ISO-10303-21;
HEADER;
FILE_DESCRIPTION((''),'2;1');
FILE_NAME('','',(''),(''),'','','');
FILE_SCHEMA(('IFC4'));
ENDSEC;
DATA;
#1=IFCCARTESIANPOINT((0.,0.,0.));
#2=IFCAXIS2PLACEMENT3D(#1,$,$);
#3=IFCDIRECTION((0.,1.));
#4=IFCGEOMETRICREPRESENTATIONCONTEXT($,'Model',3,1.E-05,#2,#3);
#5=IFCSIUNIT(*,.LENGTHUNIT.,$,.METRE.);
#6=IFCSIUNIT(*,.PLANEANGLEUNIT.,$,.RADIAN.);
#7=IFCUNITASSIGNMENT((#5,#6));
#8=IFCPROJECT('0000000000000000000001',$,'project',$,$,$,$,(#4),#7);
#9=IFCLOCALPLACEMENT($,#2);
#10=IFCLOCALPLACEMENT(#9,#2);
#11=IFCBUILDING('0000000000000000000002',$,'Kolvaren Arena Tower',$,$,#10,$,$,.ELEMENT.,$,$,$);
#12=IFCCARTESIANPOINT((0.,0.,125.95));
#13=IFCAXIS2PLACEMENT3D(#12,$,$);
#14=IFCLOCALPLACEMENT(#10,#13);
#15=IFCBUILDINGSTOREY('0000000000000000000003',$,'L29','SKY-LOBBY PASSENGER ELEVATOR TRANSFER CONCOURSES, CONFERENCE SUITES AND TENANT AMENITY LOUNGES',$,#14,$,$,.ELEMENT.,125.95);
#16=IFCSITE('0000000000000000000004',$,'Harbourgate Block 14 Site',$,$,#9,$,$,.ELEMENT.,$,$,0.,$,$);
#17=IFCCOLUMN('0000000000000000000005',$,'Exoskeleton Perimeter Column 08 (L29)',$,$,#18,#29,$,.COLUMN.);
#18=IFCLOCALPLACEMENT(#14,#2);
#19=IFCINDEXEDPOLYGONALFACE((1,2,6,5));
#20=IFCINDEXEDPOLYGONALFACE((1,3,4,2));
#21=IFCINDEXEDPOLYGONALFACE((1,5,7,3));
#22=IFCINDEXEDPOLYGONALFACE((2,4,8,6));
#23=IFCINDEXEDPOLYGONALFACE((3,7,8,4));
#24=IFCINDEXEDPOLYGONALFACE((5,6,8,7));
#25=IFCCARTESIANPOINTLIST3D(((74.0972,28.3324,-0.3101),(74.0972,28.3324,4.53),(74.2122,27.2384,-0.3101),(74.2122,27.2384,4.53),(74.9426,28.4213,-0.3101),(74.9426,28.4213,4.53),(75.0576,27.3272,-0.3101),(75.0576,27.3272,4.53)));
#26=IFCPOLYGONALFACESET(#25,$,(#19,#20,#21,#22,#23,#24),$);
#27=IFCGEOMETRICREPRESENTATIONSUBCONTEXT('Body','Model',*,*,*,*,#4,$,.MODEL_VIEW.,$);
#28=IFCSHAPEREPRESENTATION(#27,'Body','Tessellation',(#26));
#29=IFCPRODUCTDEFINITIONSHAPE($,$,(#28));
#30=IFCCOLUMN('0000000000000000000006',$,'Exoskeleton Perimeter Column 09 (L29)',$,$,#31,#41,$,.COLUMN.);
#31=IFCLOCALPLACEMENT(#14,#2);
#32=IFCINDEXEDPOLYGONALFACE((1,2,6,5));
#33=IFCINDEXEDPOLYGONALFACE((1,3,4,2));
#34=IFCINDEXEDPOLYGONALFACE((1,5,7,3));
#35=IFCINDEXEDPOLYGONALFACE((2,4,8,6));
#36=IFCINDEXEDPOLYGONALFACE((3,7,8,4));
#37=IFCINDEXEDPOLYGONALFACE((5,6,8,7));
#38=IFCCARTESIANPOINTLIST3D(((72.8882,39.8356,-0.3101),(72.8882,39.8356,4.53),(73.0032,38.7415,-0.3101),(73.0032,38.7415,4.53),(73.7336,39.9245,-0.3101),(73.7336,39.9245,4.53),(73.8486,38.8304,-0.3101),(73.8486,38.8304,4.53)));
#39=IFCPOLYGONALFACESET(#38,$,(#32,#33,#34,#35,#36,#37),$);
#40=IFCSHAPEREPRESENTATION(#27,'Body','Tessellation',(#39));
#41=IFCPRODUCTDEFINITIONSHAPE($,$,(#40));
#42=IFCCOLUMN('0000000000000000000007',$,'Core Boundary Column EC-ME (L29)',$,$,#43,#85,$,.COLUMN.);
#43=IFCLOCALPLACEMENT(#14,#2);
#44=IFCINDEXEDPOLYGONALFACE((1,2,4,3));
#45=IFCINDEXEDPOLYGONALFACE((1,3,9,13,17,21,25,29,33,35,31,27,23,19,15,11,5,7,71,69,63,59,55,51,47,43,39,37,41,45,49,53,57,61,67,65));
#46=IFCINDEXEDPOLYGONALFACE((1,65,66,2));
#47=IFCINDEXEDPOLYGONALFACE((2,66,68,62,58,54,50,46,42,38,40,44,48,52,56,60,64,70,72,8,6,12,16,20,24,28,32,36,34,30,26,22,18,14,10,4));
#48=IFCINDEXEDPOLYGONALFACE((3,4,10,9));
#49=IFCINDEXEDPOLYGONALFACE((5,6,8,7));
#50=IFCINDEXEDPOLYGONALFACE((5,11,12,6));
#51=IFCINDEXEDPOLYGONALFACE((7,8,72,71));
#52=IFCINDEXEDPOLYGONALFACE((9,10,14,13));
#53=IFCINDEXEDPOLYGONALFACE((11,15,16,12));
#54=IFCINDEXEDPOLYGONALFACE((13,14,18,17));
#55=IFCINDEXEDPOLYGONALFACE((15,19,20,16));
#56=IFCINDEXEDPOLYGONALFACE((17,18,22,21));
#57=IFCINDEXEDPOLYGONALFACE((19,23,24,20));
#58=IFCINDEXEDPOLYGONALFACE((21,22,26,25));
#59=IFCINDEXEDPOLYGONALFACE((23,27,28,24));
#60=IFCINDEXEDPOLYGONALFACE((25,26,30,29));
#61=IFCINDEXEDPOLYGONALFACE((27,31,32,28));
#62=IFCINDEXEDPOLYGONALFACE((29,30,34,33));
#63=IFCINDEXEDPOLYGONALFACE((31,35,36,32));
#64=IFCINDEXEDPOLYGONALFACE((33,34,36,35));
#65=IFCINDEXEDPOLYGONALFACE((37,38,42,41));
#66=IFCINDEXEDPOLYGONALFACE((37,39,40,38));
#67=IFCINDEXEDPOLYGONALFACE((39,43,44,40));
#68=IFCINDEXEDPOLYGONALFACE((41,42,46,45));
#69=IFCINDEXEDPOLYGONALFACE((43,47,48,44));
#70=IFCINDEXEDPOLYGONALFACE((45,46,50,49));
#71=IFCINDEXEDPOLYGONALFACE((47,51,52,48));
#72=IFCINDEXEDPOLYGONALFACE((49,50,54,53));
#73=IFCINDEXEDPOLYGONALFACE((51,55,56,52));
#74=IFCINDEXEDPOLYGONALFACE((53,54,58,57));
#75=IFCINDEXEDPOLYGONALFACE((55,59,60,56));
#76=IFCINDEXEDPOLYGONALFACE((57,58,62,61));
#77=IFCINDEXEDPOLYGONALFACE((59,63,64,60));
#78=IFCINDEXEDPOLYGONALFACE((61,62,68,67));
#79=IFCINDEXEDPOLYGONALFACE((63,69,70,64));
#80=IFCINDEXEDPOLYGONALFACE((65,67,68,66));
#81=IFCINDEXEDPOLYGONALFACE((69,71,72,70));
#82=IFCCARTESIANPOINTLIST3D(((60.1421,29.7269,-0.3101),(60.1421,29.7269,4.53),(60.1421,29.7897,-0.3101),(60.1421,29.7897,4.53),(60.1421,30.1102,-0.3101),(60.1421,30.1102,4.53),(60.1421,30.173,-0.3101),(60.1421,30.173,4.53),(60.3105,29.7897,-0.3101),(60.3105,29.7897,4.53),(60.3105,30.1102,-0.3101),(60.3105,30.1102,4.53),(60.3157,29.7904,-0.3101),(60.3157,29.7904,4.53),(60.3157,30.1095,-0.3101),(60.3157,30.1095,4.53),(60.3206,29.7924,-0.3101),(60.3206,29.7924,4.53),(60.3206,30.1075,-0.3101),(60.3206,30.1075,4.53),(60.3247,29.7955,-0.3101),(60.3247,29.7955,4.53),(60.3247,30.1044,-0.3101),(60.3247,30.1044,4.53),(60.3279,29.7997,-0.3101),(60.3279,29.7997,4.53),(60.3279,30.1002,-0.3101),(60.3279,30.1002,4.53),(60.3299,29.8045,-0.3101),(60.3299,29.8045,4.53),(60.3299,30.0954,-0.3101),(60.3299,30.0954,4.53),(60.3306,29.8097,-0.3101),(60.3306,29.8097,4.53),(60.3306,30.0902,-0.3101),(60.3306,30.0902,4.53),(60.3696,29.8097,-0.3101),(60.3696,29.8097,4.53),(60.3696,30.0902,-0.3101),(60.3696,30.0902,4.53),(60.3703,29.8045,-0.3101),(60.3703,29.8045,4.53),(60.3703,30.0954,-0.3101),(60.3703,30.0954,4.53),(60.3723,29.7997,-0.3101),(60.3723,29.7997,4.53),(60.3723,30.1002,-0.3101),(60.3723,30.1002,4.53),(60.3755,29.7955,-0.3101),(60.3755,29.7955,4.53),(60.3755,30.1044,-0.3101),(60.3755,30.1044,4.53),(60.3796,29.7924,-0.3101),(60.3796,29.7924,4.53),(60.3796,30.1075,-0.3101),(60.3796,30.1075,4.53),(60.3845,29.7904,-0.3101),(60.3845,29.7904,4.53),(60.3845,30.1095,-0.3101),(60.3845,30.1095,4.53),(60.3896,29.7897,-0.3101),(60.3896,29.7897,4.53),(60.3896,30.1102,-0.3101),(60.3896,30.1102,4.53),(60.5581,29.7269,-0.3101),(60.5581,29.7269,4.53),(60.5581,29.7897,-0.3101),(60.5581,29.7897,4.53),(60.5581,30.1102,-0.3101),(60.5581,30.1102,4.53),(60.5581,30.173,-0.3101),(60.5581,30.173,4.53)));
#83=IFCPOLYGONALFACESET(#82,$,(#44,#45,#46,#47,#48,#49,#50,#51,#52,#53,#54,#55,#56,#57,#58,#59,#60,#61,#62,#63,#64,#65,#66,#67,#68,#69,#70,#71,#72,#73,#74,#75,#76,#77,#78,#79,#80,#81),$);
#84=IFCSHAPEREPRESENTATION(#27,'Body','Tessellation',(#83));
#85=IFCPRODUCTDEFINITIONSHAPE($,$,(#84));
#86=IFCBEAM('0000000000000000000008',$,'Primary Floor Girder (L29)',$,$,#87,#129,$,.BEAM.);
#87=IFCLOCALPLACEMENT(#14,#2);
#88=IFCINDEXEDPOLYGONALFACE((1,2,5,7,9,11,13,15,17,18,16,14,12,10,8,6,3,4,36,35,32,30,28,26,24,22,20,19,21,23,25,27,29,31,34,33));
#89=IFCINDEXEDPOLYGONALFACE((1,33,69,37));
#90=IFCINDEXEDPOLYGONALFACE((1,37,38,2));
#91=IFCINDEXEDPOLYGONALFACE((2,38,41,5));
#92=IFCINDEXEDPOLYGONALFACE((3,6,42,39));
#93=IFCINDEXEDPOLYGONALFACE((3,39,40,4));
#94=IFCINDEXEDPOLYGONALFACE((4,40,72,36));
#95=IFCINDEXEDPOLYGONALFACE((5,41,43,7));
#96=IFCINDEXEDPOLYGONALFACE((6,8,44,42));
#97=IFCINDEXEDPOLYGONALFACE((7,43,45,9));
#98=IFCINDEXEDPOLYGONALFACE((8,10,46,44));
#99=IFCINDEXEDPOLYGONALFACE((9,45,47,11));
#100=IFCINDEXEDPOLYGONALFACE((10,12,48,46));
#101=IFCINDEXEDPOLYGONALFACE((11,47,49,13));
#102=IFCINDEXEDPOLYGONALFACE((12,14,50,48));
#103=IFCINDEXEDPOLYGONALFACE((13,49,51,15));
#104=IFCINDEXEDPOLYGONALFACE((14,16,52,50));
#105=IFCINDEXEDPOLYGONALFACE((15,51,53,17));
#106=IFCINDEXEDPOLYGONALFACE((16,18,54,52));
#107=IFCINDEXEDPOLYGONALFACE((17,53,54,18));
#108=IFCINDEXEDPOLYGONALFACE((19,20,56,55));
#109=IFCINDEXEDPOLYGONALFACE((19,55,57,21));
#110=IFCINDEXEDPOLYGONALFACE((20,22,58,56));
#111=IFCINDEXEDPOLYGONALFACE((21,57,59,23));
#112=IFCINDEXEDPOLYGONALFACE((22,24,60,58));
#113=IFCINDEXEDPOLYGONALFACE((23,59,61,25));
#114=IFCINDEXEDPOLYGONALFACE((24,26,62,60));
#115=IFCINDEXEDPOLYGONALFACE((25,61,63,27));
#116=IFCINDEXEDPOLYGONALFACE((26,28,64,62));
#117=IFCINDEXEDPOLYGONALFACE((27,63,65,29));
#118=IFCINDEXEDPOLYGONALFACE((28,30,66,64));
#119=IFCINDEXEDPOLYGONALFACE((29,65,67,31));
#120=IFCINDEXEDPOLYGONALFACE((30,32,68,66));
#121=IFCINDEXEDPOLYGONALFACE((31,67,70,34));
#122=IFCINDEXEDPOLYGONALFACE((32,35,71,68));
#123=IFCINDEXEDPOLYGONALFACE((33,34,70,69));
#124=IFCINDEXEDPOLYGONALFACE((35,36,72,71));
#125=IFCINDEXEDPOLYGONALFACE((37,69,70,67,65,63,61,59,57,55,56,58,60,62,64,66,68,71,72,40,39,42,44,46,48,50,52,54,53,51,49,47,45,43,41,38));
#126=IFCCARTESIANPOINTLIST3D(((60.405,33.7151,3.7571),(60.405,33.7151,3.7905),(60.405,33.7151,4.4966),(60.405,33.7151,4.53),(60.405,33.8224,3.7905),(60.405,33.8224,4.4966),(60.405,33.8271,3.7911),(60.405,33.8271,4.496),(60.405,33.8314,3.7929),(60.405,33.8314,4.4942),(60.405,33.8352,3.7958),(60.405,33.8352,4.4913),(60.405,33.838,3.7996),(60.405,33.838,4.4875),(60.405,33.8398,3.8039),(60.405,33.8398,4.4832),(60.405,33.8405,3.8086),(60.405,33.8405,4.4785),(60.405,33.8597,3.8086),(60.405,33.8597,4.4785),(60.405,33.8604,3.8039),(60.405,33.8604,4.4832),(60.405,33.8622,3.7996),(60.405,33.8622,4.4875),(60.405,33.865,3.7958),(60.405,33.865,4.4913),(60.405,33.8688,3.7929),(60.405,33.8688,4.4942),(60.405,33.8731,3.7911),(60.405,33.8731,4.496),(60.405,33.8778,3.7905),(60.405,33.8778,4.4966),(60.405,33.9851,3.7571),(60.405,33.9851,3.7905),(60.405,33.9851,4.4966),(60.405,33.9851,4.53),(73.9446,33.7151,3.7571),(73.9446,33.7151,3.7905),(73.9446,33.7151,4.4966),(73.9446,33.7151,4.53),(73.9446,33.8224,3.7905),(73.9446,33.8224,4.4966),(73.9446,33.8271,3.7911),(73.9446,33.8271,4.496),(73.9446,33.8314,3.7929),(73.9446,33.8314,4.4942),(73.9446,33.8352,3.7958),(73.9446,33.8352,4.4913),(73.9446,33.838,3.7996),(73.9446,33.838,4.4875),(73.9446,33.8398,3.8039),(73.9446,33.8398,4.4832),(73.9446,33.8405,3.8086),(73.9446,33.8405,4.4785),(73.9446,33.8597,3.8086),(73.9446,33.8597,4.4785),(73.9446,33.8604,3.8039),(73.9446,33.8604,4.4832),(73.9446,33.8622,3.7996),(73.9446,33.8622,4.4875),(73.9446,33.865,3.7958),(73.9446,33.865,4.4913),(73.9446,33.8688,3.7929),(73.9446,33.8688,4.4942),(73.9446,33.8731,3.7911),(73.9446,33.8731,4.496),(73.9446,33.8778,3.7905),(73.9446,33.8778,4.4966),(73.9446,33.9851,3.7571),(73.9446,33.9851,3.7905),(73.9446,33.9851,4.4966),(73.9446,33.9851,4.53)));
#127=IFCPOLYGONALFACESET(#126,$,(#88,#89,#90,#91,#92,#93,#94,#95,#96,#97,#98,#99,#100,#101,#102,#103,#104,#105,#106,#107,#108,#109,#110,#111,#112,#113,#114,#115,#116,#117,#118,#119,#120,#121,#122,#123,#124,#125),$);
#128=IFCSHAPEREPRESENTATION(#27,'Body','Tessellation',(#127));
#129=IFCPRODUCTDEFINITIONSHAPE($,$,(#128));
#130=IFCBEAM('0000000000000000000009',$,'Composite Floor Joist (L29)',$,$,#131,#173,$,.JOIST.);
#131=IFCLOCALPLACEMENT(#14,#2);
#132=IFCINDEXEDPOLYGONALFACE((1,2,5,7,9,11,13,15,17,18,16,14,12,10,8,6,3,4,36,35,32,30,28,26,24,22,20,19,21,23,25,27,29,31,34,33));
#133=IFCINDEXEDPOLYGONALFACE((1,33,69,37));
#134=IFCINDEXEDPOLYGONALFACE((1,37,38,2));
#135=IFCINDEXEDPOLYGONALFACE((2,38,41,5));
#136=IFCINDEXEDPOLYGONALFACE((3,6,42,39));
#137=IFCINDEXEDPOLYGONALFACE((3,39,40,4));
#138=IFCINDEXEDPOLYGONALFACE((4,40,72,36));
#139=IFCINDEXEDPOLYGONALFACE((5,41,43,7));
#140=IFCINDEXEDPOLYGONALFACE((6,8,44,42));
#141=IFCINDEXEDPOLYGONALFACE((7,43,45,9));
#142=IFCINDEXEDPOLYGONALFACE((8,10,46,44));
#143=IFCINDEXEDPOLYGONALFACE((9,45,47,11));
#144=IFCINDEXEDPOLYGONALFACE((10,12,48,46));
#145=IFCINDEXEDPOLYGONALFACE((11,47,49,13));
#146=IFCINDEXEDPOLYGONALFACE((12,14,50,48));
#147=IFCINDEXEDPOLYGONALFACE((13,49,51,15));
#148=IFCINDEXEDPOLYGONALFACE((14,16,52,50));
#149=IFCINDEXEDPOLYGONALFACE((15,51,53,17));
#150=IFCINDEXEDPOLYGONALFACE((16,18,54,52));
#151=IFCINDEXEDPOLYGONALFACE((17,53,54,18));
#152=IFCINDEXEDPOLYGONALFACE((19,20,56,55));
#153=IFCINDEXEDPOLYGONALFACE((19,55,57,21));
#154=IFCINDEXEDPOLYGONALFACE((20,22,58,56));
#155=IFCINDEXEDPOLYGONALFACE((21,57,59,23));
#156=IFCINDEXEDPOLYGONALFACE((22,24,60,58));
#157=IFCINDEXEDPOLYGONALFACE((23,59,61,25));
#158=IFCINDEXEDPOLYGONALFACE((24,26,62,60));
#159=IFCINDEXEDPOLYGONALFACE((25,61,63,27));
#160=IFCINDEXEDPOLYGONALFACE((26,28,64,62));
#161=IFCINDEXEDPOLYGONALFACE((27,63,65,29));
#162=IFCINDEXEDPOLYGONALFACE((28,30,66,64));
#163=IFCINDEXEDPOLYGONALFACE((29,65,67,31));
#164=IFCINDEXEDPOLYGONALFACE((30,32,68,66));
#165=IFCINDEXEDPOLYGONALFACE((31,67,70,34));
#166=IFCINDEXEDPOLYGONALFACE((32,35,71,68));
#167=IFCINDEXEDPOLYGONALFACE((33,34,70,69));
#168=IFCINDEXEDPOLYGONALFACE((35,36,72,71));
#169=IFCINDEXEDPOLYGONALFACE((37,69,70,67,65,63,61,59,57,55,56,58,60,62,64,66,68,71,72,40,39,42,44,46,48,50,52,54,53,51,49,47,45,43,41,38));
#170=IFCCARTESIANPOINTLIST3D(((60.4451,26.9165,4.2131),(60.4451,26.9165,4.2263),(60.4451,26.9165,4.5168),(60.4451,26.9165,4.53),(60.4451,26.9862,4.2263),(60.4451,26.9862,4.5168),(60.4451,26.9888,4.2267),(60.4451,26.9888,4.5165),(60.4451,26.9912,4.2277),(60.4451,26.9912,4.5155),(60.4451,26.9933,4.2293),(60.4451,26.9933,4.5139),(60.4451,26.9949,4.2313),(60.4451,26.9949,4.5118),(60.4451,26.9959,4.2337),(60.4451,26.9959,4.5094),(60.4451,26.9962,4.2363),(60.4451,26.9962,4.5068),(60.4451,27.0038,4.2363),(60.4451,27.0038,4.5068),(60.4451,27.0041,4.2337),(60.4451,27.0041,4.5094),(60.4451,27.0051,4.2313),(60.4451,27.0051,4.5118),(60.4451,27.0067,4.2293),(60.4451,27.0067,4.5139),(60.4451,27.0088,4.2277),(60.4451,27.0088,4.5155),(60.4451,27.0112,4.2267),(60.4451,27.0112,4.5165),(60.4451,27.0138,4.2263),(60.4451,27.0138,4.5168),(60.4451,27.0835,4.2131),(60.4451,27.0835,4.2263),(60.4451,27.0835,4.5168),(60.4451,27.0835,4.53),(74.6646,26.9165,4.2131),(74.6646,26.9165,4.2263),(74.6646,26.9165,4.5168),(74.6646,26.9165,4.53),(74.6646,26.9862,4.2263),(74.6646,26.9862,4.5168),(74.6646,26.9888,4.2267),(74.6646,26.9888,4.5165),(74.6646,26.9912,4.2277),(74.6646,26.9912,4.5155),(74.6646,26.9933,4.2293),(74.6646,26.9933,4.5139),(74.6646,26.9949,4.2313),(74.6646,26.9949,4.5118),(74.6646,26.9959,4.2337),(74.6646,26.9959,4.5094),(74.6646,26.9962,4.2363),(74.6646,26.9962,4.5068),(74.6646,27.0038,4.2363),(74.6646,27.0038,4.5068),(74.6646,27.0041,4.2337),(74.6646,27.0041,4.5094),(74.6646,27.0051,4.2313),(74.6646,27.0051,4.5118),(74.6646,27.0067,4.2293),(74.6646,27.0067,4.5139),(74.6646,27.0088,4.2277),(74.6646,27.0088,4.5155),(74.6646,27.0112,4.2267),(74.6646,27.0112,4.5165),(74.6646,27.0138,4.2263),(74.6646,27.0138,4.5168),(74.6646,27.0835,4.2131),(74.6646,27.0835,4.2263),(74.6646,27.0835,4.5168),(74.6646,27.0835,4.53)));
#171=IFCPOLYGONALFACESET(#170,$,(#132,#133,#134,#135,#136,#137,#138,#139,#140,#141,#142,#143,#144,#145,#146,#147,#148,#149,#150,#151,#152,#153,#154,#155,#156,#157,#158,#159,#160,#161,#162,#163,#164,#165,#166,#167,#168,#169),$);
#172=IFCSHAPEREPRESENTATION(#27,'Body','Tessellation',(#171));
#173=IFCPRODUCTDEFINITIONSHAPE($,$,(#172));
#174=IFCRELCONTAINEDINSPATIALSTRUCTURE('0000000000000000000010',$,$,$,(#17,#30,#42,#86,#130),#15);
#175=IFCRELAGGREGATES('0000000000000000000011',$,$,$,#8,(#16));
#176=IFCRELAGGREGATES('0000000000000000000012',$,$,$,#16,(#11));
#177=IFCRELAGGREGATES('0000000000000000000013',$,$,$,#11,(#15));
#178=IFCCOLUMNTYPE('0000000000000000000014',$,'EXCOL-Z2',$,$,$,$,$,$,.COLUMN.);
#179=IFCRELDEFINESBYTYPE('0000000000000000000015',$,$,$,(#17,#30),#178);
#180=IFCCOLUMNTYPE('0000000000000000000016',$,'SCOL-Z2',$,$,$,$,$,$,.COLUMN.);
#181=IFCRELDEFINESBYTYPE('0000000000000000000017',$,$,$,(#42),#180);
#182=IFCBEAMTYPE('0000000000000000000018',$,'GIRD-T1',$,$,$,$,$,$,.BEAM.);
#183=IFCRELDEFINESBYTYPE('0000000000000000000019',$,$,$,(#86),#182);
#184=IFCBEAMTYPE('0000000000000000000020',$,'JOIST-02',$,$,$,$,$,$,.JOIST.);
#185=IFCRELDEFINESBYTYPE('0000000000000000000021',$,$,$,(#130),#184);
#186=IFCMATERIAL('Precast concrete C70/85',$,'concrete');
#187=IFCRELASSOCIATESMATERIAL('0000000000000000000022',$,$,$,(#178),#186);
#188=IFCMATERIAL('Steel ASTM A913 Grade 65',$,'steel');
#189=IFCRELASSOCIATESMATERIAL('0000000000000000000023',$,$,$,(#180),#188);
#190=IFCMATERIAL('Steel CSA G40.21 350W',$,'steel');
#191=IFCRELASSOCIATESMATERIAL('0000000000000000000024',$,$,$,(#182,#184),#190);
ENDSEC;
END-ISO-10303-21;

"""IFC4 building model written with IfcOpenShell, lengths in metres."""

from ifc_helpers import new_model, si_unit, direction, frame, origin, origin_2d, place, context, subcontext, project, spatial, rectangle, i_section, extrude, material, material_profile, profile_set, type_object, element, save


model = new_model("IFC4")

# Units and contexts
model_context = context("Model", 3, precision=1e-05, world=origin(), true_north=direction((0.0, 1.0)))
body_context = subcontext(model_context, "Body", "Model", "MODEL_VIEW")
ifc_project = project(units=[si_unit("LENGTHUNIT", "METRE"), si_unit("PLANEANGLEUNIT", "RADIAN")], contexts=[model_context])

# Site, building, storey
site_placement = place(None, origin())
site = spatial("IfcSite", under=ifc_project, at=site_placement, Name="Harbourgate Block 14 Site", CompositionType="ELEMENT", RefElevation=0.0)
building_placement = place(site_placement, origin())
building = spatial("IfcBuilding", under=site, at=building_placement, Name="Kolvaren Arena Tower", CompositionType="ELEMENT")
storey_placement = place(building_placement, frame((0.0, 0.0, 125.95)))
storey = spatial("IfcBuildingStorey", under=building, at=storey_placement, Name="L29", Description="SKY-LOBBY PASSENGER ELEVATOR TRANSFER CONCOURSES, CONFERENCE SUITES AND TENANT AMENITY LOUNGES", CompositionType="ELEMENT", Elevation=125.95)

# Columns
ifc_material_1 = material(Name="Precast concrete C70/85", Category="concrete")
ifc_material_profile_1 = material_profile(ifc_material_1, rectangle(XDim=1.1001, YDim=0.8501, at=origin_2d()), Name="RC-1100x850")
ifc_profile_set_1 = profile_set([ifc_material_profile_1], Name="Precast concrete C70/85")
column_type_1 = type_object("IfcColumnType", Name="EXCOL-Z2", PredefinedType="COLUMN", material=ifc_profile_set_1)
for number, where, z_axis, x_axis, name in (
    (1, (74.5774, 27.8298, -0.3101), (0.0, 0.0, 1.0), (-0.104528, 0.994522, 0.0), "Exoskeleton Perimeter Column 08 (L29)"),
    (2, (73.3684, 39.333, -0.3101), (0.0, 0.0, 1.0), (-0.104528, 0.994522, 0.0), "Exoskeleton Perimeter Column 09 (L29)"),
):
    element("IfcColumn", number, at=place(storey_placement, frame(where, z_axis=z_axis, x_axis=x_axis)), inside=storey, type_object=column_type_1, Name=name, PredefinedType="COLUMN", context=body_context, shape_type="SweptSolid", body=[
        extrude(rectangle(XDim=1.1001, YDim=0.8501, at=origin_2d()), origin(), (0.0, 0.0, 1.0), 4.8401),
    ])
ifc_material_2 = material(Name="Steel ASTM A913 Grade 65", Category="steel")
ifc_material_profile_2 = material_profile(ifc_material_2, i_section(OverallWidth=0.416, OverallDepth=0.446, WebThickness=0.0391, FlangeThickness=0.0627, FilletRadius=0.02, at=origin_2d()), Name="W360x509")
ifc_profile_set_2 = profile_set([ifc_material_profile_2], Name="Steel ASTM A913 Grade 65")
column_type_2 = type_object("IfcColumnType", Name="SCOL-Z2", PredefinedType="COLUMN", material=ifc_profile_set_2)
column_placement = place(storey_placement, frame((60.3501, 29.95, -0.3101), z_axis=(0.0, 0.0, 1.0), x_axis=(1.0, 0.0, 0.0)))
element("IfcColumn", 3, at=column_placement, inside=storey, type_object=column_type_2, Name="Core Boundary Column EC-ME (L29)", PredefinedType="COLUMN", context=body_context, shape_type="SweptSolid", body=[
    extrude(i_section(OverallWidth=0.416, OverallDepth=0.446, WebThickness=0.0391, FlangeThickness=0.0627, FilletRadius=0.02, at=origin_2d()), origin(), (0.0, 0.0, 1.0), 4.8401),
])

# Beams
ifc_material_3 = material(Name="Steel CSA G40.21 350W", Category="steel")
ifc_material_profile_3 = material_profile(ifc_material_3, i_section(OverallWidth=0.27, OverallDepth=0.7729, WebThickness=0.0193, FlangeThickness=0.0334, FilletRadius=0.0181, at=origin_2d()), Name="W760x257")
ifc_profile_set_3 = profile_set([ifc_material_profile_3], Name="Steel CSA G40.21 350W")
beam_type_1 = type_object("IfcBeamType", Name="GIRD-T1", PredefinedType="BEAM", material=ifc_profile_set_3)
beam_1_placement = place(storey_placement, frame((60.405, 33.8501, 4.1436), z_axis=(1.0, 0.0, 0.0), x_axis=(0.0, 1.0, 0.0)))
element("IfcBeam", 4, at=beam_1_placement, inside=storey, type_object=beam_type_1, Name="Primary Floor Girder (L29)", PredefinedType="BEAM", context=body_context, shape_type="SweptSolid", body=[
    extrude(i_section(OverallWidth=0.27, OverallDepth=0.7729, WebThickness=0.0193, FlangeThickness=0.0334, FilletRadius=0.0181, at=origin_2d()), origin(), (0.0, 0.0, 1.0), 13.5396),
])
ifc_material_profile_4 = material_profile(ifc_material_3, i_section(OverallWidth=0.167, OverallDepth=0.3169, WebThickness=0.0076, FlangeThickness=0.0132, FilletRadius=0.01, at=origin_2d()), Name="W310x52")
ifc_profile_set_4 = profile_set([ifc_material_profile_4], Name="Steel CSA G40.21 350W")
beam_type_2 = type_object("IfcBeamType", Name="JOIST-02", PredefinedType="JOIST", material=ifc_profile_set_4)
beam_2_placement = place(storey_placement, frame((60.4451, 27.0, 4.3716), z_axis=(1.0, 0.0, 0.0), x_axis=(0.0, 1.0, 0.0)))
element("IfcBeam", 5, at=beam_2_placement, inside=storey, type_object=beam_type_2, Name="Composite Floor Joist (L29)", PredefinedType="JOIST", context=body_context, shape_type="SweptSolid", body=[
    extrude(i_section(OverallWidth=0.167, OverallDepth=0.3169, WebThickness=0.0076, FlangeThickness=0.0132, FilletRadius=0.01, at=origin_2d()), origin(), (0.0, 0.0, 1.0), 14.2195),
])

save(model, "model.ifc")
